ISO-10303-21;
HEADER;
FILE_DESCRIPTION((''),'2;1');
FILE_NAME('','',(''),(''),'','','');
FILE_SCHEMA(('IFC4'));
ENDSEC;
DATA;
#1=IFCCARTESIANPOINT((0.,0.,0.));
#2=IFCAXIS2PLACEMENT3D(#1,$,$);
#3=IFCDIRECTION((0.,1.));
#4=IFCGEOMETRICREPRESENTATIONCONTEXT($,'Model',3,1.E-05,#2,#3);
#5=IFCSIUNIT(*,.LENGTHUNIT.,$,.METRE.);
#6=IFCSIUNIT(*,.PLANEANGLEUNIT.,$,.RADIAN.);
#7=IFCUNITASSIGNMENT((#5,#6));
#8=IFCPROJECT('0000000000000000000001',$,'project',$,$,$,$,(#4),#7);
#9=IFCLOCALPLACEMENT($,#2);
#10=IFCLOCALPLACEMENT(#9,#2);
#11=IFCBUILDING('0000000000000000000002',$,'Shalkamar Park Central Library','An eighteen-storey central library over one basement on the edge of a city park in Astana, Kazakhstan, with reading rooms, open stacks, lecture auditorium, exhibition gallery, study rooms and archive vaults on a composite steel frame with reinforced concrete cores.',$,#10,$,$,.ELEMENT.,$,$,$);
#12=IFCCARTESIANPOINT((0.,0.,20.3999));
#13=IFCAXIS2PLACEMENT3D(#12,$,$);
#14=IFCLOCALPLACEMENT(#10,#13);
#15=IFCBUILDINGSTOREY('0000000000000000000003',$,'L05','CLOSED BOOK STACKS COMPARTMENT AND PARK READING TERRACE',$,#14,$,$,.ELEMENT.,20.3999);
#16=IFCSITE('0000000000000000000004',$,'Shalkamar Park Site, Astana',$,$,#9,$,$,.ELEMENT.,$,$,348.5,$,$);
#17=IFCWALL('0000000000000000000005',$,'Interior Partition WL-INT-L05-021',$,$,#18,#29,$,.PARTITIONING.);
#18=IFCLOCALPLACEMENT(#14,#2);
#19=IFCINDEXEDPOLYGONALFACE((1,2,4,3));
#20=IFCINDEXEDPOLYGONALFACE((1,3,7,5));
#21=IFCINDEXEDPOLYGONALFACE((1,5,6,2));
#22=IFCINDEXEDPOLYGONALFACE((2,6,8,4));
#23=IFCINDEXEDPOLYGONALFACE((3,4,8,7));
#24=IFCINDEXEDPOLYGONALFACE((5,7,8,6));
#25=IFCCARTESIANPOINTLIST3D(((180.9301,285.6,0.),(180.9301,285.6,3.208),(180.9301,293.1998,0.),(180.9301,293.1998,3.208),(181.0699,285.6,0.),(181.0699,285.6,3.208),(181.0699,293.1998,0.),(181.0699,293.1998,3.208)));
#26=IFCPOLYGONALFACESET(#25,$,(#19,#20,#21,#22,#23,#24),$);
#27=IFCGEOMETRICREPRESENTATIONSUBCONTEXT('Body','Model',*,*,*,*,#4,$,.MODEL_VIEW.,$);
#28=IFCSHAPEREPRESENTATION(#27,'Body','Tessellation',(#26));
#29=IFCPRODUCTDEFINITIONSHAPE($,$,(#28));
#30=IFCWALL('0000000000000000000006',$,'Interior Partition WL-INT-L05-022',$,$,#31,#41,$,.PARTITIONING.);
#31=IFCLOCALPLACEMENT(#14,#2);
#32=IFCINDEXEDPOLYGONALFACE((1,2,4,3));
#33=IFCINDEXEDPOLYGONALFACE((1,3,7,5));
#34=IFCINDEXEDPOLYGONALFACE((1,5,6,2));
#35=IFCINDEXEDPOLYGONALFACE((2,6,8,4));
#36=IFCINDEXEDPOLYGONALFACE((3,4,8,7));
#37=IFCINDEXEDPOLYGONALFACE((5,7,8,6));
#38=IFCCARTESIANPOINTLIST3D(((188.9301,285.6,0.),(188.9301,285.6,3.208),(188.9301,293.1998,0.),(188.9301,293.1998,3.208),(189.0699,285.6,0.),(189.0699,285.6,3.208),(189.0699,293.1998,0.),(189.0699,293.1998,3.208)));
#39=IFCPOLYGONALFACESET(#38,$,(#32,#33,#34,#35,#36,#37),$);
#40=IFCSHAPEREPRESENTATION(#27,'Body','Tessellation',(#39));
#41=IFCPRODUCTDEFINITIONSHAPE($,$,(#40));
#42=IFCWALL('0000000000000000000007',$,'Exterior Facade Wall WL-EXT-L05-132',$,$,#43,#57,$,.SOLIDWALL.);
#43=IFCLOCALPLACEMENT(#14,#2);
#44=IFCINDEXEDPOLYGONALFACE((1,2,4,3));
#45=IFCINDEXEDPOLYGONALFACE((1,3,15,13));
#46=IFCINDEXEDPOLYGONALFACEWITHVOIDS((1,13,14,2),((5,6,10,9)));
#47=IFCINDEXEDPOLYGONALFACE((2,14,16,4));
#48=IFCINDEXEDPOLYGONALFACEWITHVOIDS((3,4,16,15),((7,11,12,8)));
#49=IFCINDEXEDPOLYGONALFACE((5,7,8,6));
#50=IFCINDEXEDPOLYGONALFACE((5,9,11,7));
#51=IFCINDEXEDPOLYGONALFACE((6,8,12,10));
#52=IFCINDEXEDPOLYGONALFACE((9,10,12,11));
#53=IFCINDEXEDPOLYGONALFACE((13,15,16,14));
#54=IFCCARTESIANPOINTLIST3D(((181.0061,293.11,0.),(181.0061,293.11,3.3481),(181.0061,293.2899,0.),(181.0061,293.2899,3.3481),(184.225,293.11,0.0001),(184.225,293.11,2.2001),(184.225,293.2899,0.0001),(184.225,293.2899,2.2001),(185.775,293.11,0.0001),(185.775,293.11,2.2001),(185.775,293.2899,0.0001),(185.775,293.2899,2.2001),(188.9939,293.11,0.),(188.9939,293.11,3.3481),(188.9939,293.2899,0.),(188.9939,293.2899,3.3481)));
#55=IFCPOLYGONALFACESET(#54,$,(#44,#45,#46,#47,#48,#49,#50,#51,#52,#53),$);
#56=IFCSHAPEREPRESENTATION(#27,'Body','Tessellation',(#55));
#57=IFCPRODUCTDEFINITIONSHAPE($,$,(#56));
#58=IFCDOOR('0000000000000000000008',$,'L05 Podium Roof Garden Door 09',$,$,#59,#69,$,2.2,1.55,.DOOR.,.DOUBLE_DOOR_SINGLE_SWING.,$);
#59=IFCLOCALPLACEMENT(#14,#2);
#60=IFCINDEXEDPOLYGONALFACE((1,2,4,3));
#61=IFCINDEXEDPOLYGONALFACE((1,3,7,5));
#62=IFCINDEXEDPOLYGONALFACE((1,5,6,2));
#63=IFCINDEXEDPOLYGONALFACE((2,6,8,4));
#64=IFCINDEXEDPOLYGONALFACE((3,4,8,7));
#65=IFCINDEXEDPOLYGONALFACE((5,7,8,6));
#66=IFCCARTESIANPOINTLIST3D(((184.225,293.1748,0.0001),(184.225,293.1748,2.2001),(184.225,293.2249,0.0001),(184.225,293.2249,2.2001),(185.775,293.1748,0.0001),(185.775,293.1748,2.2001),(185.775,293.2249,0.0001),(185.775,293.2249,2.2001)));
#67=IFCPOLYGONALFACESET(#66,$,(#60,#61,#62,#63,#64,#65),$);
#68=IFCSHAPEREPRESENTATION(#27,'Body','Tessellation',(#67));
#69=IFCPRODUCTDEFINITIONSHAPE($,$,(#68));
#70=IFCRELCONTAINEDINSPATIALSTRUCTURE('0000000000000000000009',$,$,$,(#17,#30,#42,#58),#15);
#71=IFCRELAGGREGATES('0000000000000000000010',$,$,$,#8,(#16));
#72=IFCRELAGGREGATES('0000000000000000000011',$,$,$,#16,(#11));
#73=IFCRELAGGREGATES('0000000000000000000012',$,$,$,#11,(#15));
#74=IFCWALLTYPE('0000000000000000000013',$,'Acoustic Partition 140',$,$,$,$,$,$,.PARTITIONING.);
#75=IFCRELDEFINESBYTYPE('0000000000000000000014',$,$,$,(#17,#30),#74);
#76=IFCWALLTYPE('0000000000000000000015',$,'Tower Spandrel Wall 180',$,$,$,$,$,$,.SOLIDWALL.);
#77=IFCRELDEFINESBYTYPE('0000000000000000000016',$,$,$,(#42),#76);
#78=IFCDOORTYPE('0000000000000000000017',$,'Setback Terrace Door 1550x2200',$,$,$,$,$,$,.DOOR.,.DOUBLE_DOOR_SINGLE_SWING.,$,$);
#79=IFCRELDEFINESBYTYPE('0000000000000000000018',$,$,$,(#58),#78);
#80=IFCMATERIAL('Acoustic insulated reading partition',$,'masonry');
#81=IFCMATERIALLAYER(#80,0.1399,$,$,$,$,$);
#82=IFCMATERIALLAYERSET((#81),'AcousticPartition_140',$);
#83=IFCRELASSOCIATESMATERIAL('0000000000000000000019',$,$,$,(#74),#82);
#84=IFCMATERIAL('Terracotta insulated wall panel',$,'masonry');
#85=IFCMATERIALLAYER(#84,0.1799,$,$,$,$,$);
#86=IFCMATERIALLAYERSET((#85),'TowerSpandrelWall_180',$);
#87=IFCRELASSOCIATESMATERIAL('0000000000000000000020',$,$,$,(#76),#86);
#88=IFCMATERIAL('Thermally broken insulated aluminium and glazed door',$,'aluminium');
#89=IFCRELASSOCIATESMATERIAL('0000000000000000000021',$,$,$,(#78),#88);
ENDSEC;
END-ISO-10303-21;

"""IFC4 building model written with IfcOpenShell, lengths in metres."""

from ifc_helpers import new_model, si_unit, direction, frame, frame_2d, origin, place, context, subcontext, project, spatial, rectangle, extrude, material, layer, layer_set, type_object, element, fill, save


model = new_model("IFC4")

# Units and contexts
model_context = context("Model", 3, precision=1e-05, world=origin(), true_north=direction((0.0, 1.0)))
body_context = subcontext(model_context, "Body", "Model", "MODEL_VIEW")
ifc_project = project(units=[si_unit("LENGTHUNIT", "METRE"), si_unit("PLANEANGLEUNIT", "RADIAN")], contexts=[model_context])

# Site, building, storey
site_placement = place(None, origin())
site = spatial("IfcSite", under=ifc_project, at=site_placement, Name="Shalkamar Park Site, Astana", CompositionType="ELEMENT", RefElevation=348.5)
building_placement = place(site_placement, origin())
building = spatial("IfcBuilding", under=site, at=building_placement, Name="Shalkamar Park Central Library", Description="An eighteen-storey central library over one basement on the edge of a city park in Astana, Kazakhstan, with reading rooms, open stacks, lecture auditorium, exhibition gallery, study rooms and archive vaults on a composite steel frame with reinforced concrete cores.", CompositionType="ELEMENT")
storey_placement = place(building_placement, frame((0.0, 0.0, 20.3999)))
storey = spatial("IfcBuildingStorey", under=building, at=storey_placement, Name="L05", Description="CLOSED BOOK STACKS COMPARTMENT AND PARK READING TERRACE", CompositionType="ELEMENT", Elevation=20.3999)

# Walls
ifc_material_1 = material(Name="Acoustic insulated reading partition", Category="masonry")
ifc_layer_1 = layer(ifc_material_1, 0.1399)
ifc_layer_set_1 = layer_set([ifc_layer_1], Name="AcousticPartition_140")
wall_type_1 = type_object("IfcWallType", Name="Acoustic Partition 140", PredefinedType="PARTITIONING", material=ifc_layer_set_1)
for number, where, z_axis, x_axis, name in (
    (1, (181.0, 285.6001, 0.0), (0.0, 0.0, 1.0), (0.0, 1.0, 0.0), "Interior Partition WL-INT-L05-021"),
    (2, (189.0, 285.6001, 0.0), (0.0, 0.0, 1.0), (0.0, 1.0, 0.0), "Interior Partition WL-INT-L05-022"),
):
    element("IfcWall", number, at=place(storey_placement, frame(where, z_axis=z_axis, x_axis=x_axis)), inside=storey, type_object=wall_type_1, Name=name, PredefinedType="PARTITIONING", context=body_context, shape_type="SweptSolid", body=[
        extrude(rectangle(XDim=7.5999, YDim=0.1399, at=frame_2d((3.7998, 0.0))), origin(), (0.0, 0.0, 1.0), 3.208),
    ])

# Wall, opening, door
ifc_material_2 = material(Name="Terracotta insulated wall panel", Category="masonry")
ifc_layer_2 = layer(ifc_material_2, 0.1799)
ifc_layer_set_2 = layer_set([ifc_layer_2], Name="TowerSpandrelWall_180")
wall_type_2 = type_object("IfcWallType", Name="Tower Spandrel Wall 180", PredefinedType="SOLIDWALL", material=ifc_layer_set_2)
wall_placement = place(storey_placement, frame((181.0061, 293.2, 0.0), z_axis=(0.0, 0.0, 1.0), x_axis=(1.0, 0.0, 0.0)))
wall = element("IfcWall", 3, at=wall_placement, inside=storey, type_object=wall_type_2, Name="Exterior Facade Wall WL-EXT-L05-132", PredefinedType="SOLIDWALL", context=body_context, shape_type="SweptSolid", body=[
    extrude(rectangle(XDim=7.9878, YDim=0.1799, at=frame_2d((3.9939, 0.0))), origin(), (0.0, 0.0, 1.0), 3.3481),
])
opening_placement = place(wall_placement, frame((3.219, 0.0, 0.0)))
opening = element("IfcOpeningElement", 4, at=opening_placement, cuts=wall, PredefinedType="OPENING", context=body_context, shape_type="SweptSolid", body=[
    extrude(rectangle(XDim=1.55, YDim=2.2, at=frame_2d((0.7749, 1.1001))), frame((0.0, 0.105, 0.0), z_axis=(0.0, -1.0, 0.0), x_axis=(1.0, 0.0, 0.0)), (0.0, 0.0, 1.0), 0.2097),
])
ifc_material_3 = material(Name="Thermally broken insulated aluminium and glazed door", Category="aluminium")
door_type = type_object("IfcDoorType", Name="Setback Terrace Door 1550x2200", OperationType="DOUBLE_DOOR_SINGLE_SWING", PredefinedType="DOOR", material=ifc_material_3)
door_placement = place(opening_placement, origin())
door = element("IfcDoor", 5, at=door_placement, inside=storey, type_object=door_type, Name="L05 Podium Roof Garden Door 09", OperationType="DOUBLE_DOOR_SINGLE_SWING", OverallHeight=2.2, OverallWidth=1.55, PredefinedType="DOOR", context=body_context, shape_type="SweptSolid", body=[
    extrude(rectangle(XDim=1.55, YDim=2.2, at=frame_2d((0.7749, 1.1001))), frame((0.0, 0.0249, 0.0), z_axis=(0.0, -1.0, 0.0), x_axis=(1.0, 0.0, 0.0)), (0.0, 0.0, 1.0), 0.05),
])
fill(opening, door)

save(model, "model.ifc")
